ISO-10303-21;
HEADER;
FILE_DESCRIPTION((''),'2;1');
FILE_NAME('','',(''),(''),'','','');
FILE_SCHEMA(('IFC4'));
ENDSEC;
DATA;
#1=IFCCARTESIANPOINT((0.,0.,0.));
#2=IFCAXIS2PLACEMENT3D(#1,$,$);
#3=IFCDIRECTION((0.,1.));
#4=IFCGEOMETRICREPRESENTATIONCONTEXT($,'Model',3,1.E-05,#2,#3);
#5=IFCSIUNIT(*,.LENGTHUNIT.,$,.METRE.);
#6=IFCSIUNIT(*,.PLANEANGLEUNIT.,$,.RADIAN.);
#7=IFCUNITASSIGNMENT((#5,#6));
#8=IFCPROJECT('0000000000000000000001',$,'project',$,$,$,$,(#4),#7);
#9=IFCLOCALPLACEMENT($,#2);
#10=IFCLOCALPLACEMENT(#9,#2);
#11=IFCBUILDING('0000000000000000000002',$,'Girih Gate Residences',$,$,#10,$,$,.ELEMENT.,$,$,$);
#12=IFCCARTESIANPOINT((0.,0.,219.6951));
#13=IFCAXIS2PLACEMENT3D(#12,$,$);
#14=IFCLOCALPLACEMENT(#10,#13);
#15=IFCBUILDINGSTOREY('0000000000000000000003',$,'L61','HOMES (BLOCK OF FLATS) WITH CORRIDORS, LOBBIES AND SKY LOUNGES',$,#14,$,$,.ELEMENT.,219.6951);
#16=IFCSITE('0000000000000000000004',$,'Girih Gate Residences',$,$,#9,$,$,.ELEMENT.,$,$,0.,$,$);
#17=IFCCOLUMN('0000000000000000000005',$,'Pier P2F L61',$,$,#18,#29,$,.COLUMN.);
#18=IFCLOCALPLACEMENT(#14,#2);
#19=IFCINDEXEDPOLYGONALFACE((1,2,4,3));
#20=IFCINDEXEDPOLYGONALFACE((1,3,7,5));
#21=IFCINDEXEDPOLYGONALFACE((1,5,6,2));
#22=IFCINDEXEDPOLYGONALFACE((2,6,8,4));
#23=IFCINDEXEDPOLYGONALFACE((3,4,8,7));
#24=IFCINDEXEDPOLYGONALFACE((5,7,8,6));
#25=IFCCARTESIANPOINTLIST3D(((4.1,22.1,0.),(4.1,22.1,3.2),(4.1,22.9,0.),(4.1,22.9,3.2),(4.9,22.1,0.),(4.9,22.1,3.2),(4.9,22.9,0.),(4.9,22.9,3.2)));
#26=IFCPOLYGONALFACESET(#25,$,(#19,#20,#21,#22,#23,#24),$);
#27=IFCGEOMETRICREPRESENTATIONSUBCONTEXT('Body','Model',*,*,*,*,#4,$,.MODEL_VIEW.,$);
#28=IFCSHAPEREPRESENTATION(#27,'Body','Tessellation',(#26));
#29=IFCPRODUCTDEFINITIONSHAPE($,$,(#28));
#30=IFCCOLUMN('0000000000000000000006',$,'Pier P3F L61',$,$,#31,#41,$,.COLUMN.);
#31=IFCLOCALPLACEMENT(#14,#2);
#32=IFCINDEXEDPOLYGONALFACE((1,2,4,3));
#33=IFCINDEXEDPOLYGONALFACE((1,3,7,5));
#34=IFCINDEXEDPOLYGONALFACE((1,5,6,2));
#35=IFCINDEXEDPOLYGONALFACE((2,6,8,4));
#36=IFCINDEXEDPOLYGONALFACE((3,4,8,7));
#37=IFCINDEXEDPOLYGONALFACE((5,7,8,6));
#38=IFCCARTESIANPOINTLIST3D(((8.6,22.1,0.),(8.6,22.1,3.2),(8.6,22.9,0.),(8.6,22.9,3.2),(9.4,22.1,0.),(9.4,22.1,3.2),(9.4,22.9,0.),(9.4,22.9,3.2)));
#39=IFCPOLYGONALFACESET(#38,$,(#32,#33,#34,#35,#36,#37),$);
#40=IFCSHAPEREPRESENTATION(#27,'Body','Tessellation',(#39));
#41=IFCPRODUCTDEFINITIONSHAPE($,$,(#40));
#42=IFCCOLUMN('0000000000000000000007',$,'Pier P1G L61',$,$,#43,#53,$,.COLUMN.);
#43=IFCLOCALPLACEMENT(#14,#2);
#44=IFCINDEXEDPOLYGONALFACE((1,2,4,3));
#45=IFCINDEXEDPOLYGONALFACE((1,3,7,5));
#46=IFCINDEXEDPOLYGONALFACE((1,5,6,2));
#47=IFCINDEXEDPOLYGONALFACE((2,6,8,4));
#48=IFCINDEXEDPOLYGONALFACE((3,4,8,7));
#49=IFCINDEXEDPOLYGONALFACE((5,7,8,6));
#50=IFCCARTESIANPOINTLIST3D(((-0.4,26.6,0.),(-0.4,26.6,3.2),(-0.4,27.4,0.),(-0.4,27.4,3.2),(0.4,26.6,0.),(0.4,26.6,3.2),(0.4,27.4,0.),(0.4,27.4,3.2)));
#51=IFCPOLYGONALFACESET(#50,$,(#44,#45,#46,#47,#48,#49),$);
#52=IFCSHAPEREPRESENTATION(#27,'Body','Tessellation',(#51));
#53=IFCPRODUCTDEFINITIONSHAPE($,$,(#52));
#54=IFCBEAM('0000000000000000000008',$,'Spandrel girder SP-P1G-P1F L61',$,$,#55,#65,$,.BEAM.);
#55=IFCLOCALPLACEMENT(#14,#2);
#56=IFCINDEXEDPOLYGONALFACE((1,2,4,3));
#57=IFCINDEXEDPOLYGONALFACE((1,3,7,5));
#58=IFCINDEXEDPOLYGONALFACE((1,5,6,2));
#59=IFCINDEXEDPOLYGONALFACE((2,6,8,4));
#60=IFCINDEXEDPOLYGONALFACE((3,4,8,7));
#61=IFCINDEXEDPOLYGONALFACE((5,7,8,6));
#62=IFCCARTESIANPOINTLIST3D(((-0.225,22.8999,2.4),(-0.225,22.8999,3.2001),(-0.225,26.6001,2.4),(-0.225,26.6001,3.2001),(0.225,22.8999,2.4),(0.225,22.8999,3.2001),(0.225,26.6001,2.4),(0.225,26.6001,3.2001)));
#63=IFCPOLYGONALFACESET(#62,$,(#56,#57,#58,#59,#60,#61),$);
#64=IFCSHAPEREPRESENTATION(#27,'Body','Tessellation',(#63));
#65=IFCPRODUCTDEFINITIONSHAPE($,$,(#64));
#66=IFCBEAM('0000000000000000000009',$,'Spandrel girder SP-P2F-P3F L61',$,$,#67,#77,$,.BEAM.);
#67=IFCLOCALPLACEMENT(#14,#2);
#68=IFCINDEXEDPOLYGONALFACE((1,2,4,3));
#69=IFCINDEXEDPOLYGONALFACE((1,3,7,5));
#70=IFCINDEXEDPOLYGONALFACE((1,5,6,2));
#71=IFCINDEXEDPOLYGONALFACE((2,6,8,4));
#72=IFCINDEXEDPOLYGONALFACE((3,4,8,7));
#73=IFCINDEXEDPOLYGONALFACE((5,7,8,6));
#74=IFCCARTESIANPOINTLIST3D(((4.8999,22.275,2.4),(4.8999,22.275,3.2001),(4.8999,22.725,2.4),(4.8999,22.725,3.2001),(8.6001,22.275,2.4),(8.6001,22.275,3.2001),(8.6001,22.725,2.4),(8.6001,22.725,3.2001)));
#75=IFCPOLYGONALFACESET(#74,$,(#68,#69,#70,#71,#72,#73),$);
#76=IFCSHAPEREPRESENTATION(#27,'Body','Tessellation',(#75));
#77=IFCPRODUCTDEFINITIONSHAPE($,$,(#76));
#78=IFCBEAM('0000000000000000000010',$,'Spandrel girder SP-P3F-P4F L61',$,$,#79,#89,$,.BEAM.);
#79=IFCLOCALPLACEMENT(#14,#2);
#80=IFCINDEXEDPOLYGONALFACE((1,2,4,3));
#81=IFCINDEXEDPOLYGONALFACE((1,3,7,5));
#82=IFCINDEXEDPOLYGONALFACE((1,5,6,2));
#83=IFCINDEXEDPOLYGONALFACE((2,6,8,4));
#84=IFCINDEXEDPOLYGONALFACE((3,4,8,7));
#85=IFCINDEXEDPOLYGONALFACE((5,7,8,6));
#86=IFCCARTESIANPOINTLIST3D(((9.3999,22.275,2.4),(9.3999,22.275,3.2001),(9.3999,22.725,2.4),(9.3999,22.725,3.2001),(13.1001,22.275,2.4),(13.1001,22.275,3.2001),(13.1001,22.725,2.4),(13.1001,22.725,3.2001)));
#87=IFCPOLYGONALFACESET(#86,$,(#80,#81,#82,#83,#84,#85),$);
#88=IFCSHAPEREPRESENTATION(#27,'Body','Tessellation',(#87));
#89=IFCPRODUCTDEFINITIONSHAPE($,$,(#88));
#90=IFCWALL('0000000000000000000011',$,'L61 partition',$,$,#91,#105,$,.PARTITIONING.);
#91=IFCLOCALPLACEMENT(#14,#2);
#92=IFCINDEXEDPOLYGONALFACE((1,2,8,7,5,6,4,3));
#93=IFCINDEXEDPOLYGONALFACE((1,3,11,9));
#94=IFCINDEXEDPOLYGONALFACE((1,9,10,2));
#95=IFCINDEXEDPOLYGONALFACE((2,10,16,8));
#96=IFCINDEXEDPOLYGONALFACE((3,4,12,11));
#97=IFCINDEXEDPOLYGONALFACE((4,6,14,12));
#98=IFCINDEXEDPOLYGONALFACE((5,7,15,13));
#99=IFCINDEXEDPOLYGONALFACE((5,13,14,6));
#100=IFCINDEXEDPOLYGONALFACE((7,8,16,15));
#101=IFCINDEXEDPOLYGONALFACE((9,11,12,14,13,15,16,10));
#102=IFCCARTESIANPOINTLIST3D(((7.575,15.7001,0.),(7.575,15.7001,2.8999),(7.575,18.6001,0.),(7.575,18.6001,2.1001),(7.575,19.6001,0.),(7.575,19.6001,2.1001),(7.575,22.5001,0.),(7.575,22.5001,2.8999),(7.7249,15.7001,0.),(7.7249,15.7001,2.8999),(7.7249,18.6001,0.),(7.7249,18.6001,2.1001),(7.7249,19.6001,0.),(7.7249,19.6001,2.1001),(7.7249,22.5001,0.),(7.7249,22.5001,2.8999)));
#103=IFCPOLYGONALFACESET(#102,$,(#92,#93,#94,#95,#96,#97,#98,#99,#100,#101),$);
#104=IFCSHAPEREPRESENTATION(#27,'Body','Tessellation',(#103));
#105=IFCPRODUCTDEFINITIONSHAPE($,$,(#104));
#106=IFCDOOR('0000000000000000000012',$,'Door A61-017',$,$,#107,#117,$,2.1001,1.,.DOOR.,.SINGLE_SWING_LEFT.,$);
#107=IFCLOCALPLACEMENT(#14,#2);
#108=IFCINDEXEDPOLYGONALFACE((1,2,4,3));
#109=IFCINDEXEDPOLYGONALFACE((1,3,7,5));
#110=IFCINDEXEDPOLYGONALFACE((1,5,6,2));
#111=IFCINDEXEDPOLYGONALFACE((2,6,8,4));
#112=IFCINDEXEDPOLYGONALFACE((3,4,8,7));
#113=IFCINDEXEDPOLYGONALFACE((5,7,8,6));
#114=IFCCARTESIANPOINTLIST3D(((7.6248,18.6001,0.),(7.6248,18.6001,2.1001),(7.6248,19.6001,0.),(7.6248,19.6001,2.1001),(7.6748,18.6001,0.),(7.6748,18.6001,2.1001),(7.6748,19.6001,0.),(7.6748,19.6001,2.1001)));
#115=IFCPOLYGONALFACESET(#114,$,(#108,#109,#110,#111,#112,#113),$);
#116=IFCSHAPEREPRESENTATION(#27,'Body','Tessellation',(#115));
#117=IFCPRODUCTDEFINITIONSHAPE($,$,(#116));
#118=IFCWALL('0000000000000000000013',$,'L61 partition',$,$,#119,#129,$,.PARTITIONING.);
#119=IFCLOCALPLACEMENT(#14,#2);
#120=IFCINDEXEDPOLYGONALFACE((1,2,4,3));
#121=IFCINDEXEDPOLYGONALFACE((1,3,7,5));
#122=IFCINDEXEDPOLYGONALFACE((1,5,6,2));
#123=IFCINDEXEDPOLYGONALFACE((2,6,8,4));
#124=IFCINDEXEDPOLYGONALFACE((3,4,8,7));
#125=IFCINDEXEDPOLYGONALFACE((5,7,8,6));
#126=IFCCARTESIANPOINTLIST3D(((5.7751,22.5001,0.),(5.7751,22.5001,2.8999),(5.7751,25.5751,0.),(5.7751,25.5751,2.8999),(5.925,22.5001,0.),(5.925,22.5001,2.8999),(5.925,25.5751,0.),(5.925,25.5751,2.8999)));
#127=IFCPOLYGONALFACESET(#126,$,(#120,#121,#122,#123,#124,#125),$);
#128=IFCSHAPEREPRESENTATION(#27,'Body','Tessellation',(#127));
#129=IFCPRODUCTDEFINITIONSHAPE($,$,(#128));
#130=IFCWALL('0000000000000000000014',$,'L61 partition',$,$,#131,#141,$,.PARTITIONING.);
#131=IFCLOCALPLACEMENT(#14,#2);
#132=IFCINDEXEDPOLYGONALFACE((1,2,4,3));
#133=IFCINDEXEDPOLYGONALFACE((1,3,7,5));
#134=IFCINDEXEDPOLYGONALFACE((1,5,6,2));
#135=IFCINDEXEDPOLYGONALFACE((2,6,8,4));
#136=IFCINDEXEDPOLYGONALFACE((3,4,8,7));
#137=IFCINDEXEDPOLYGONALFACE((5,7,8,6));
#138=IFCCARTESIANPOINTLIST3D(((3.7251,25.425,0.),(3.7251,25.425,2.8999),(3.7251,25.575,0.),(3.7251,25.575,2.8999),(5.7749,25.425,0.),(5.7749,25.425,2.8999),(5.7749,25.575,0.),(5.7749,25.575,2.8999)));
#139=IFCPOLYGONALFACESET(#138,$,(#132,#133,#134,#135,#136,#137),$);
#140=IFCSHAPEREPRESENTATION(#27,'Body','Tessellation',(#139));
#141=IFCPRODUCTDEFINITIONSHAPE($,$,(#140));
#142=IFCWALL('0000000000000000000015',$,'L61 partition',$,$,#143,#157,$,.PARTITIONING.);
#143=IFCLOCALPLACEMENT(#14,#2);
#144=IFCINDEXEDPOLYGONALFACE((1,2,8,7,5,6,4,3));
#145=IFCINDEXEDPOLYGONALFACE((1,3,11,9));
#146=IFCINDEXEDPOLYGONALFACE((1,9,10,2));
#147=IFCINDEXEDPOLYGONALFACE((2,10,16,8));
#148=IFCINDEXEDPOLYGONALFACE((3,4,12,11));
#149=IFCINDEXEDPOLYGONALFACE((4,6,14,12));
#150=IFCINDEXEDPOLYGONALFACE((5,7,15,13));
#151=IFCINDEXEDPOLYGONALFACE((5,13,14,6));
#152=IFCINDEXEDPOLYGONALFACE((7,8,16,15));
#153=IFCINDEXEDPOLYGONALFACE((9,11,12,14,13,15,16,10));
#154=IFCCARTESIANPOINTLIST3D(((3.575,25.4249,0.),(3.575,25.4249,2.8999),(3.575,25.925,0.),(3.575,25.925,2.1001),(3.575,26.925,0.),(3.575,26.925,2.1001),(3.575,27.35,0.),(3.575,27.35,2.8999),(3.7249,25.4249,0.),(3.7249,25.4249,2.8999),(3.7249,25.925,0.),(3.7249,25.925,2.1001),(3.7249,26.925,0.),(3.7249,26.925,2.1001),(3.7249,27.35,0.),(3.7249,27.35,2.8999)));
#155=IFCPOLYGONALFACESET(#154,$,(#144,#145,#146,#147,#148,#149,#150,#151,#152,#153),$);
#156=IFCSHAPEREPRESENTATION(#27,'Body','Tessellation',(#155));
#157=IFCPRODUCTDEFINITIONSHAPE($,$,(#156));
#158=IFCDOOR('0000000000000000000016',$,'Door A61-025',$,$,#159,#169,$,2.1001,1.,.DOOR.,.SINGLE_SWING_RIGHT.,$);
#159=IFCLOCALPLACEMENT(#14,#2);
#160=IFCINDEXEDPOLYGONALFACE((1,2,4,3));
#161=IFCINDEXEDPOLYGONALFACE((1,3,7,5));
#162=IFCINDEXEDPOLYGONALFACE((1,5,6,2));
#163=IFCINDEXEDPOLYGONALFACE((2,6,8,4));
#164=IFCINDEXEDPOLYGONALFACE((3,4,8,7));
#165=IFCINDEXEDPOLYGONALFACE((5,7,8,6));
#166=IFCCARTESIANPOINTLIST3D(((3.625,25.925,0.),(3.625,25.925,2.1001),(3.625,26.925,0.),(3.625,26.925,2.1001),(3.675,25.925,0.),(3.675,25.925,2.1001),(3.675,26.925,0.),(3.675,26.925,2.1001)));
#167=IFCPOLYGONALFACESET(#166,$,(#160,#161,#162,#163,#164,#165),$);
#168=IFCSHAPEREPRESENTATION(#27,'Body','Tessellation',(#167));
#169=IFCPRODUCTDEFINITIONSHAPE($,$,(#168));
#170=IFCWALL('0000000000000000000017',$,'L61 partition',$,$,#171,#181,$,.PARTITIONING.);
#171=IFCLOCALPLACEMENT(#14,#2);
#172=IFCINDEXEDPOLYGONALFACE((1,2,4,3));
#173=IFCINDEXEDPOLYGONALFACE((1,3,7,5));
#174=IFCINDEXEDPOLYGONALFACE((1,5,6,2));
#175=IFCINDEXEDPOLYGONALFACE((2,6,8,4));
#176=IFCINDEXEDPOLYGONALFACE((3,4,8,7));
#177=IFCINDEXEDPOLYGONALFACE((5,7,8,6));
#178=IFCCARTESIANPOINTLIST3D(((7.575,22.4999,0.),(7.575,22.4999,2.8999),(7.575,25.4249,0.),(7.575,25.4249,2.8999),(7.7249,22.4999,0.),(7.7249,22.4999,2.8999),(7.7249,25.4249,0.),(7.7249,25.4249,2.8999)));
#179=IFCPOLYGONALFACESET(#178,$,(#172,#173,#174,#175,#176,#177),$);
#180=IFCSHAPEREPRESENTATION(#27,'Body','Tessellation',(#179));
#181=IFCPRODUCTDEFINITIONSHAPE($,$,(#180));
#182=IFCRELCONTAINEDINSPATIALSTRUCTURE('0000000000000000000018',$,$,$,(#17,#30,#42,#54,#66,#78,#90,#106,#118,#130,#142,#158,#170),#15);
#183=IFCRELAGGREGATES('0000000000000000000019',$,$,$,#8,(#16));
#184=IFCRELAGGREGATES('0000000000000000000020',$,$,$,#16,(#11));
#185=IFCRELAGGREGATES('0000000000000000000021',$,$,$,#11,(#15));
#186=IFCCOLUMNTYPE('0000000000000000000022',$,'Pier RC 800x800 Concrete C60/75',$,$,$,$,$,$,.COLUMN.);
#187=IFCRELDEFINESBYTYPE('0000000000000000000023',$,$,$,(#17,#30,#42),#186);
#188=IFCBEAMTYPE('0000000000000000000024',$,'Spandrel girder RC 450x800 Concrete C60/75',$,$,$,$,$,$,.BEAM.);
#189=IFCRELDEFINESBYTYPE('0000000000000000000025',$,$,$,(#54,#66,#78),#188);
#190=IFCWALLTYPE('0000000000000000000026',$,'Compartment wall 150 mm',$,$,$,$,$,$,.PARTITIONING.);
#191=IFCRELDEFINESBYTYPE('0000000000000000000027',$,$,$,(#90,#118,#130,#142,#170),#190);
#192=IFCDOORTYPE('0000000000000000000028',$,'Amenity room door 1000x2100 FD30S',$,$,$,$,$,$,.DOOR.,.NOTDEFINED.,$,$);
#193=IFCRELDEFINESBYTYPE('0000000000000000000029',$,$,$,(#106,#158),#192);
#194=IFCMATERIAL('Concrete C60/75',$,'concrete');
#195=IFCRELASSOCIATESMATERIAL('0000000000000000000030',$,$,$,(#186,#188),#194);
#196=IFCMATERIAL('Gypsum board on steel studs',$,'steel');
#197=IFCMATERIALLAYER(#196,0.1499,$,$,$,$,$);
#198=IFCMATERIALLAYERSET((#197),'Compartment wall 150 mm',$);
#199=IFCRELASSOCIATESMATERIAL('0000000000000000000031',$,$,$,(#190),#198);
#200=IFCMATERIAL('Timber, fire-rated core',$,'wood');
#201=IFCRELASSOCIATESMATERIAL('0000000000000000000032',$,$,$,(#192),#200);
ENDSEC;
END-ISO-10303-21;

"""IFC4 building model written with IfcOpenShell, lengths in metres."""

from ifc_helpers import new_model, si_unit, direction, frame, frame_2d, origin, origin_2d, place, context, subcontext, project, spatial, rectangle, extrude, material, layer, layer_set, material_profile, profile_set, type_object, element, fill, save


model = new_model("IFC4")

# Units and contexts
model_context = context("Model", 3, precision=1e-05, world=origin(), true_north=direction((0.0, 1.0)))
body_context = subcontext(model_context, "Body", "Model", "MODEL_VIEW")
ifc_project = project(units=[si_unit("LENGTHUNIT", "METRE"), si_unit("PLANEANGLEUNIT", "RADIAN")], contexts=[model_context])

# Site, building, storey
site_placement = place(None, origin())
site = spatial("IfcSite", under=ifc_project, at=site_placement, Name="Girih Gate Residences", CompositionType="ELEMENT", RefElevation=0.0)
building_placement = place(site_placement, origin())
building = spatial("IfcBuilding", under=site, at=building_placement, Name="Girih Gate Residences", CompositionType="ELEMENT")
storey_placement = place(building_placement, frame((0.0, 0.0, 219.6951)))
storey = spatial("IfcBuildingStorey", under=building, at=storey_placement, Name="L61", Description="HOMES (BLOCK OF FLATS) WITH CORRIDORS, LOBBIES AND SKY LOUNGES", CompositionType="ELEMENT", Elevation=219.6951)

# Columns
ifc_material_1 = material(Name="Concrete C60/75", Category="concrete")
ifc_material_profile_1 = material_profile(ifc_material_1, rectangle(XDim=0.8, YDim=0.8, at=origin_2d()))
ifc_profile_set_1 = profile_set([ifc_material_profile_1], Name="Concrete C60/75")
column_type = type_object("IfcColumnType", Name="Pier RC 800x800 Concrete C60/75", PredefinedType="COLUMN", material=ifc_profile_set_1)
for number, where, z_axis, x_axis, name in (
    (1, (4.5, 22.5, 0.0), (0.0, 0.0, 1.0), (1.0, 0.0, 0.0), "Pier P2F L61"),
    (2, (9.0, 22.5, 0.0), (0.0, 0.0, 1.0), (1.0, 0.0, 0.0), "Pier P3F L61"),
    (3, (0.0, 27.0, 0.0), (0.0, 0.0, 1.0), (1.0, 0.0, 0.0), "Pier P1G L61"),
):
    element("IfcColumn", number, at=place(storey_placement, frame(where, z_axis=z_axis, x_axis=x_axis)), inside=storey, type_object=column_type, Name=name, PredefinedType="COLUMN", context=body_context, shape_type="SweptSolid", body=[
        extrude(rectangle(XDim=0.8, YDim=0.8, at=origin_2d()), origin(), (0.0, 0.0, 1.0), 3.2),
    ])

# Beams
ifc_material_profile_2 = material_profile(ifc_material_1, rectangle(XDim=0.45, YDim=0.8, at=origin_2d()))
ifc_profile_set_2 = profile_set([ifc_material_profile_2], Name="Concrete C60/75")
beam_type = type_object("IfcBeamType", Name="Spandrel girder RC 450x800 Concrete C60/75", PredefinedType="BEAM", material=ifc_profile_set_2)
for number, where, z_axis, x_axis, name in (
    (4, (0.0, 26.6001, 2.8), (0.0, -1.0, 0.0), (1.0, 0.0, 0.0), "Spandrel girder SP-P1G-P1F L61"),
    (5, (4.8999, 22.5, 2.8), (1.0, 0.0, 0.0), (0.0, 1.0, 0.0), "Spandrel girder SP-P2F-P3F L61"),
    (6, (9.3999, 22.5, 2.8), (1.0, 0.0, 0.0), (0.0, 1.0, 0.0), "Spandrel girder SP-P3F-P4F L61"),
):
    element("IfcBeam", number, at=place(storey_placement, frame(where, z_axis=z_axis, x_axis=x_axis)), inside=storey, type_object=beam_type, Name=name, PredefinedType="BEAM", context=body_context, shape_type="SweptSolid", body=[
        extrude(rectangle(XDim=0.45, YDim=0.8, at=origin_2d()), origin(), (0.0, 0.0, 1.0), 3.7002),
    ])

# Wall, opening, door
ifc_material_2 = material(Name="Gypsum board on steel studs", Category="steel")
ifc_layer_1 = layer(ifc_material_2, 0.1499)
ifc_layer_set_1 = layer_set([ifc_layer_1], Name="Compartment wall 150 mm")
wall_type_1 = type_object("IfcWallType", Name="Compartment wall 150 mm", PredefinedType="PARTITIONING", material=ifc_layer_set_1)
wall_1_placement = place(storey_placement, frame((7.6499, 22.5, 0.0), z_axis=(0.0, 0.0, 1.0), x_axis=(0.0, -1.0, 0.0)))
wall_1 = element("IfcWall", 7, at=wall_1_placement, inside=storey, type_object=wall_type_1, Name="L61 partition", PredefinedType="PARTITIONING", context=body_context, shape_type="SweptSolid", body=[
    extrude(rectangle(XDim=6.8, YDim=0.1499, at=frame_2d((3.3999, 0.0))), origin(), (0.0, 0.0, 1.0), 2.8999),
])
opening_1_placement = place(wall_1_placement, frame((2.8999, 0.0, 0.0)))
opening_1 = element("IfcOpeningElement", 8, at=opening_1_placement, cuts=wall_1, PredefinedType="OPENING", context=body_context, shape_type="SweptSolid", body=[
    extrude(rectangle(XDim=1.0, YDim=2.1001, at=frame_2d((0.5, 1.05))), frame((0.0, 0.085, 0.0), z_axis=(0.0, -1.0, 0.0), x_axis=(1.0, 0.0, 0.0)), (0.0, 0.0, 1.0), 0.1699),
])
ifc_material_3 = material(Name="Timber, fire-rated core", Category="wood")
door_type_1 = type_object("IfcDoorType", Name="Amenity room door 1000x2100 FD30S", OperationType="NOTDEFINED", PredefinedType="DOOR", material=ifc_material_3)
door_1_placement = place(opening_1_placement, origin())
door_1 = element("IfcDoor", 9, at=door_1_placement, inside=storey, type_object=door_type_1, Name="Door A61-017", OperationType="SINGLE_SWING_LEFT", OverallHeight=2.1001, OverallWidth=1.0, PredefinedType="DOOR", context=body_context, shape_type="SweptSolid", body=[
    extrude(rectangle(XDim=1.0, YDim=2.1001, at=frame_2d((0.5, 1.05))), frame((0.0, 0.0249, 0.0), z_axis=(0.0, -1.0, 0.0), x_axis=(1.0, 0.0, 0.0)), (0.0, 0.0, 1.0), 0.05),
])
fill(opening_1, door_1)

# Walls
wall_2_placement = place(storey_placement, frame((5.8501, 22.5, 0.0), z_axis=(0.0, 0.0, 1.0), x_axis=(0.0, 1.0, 0.0)))
element("IfcWall", 10, at=wall_2_placement, inside=storey, type_object=wall_type_1, Name="L61 partition", PredefinedType="PARTITIONING", context=body_context, shape_type="SweptSolid", body=[
    extrude(rectangle(XDim=3.075, YDim=0.1499, at=frame_2d((1.5376, 0.0))), origin(), (0.0, 0.0, 1.0), 2.8999),
])
wall_3_placement = place(storey_placement, frame((3.7251, 25.5, 0.0), z_axis=(0.0, 0.0, 1.0), x_axis=(1.0, 0.0, 0.0)))
element("IfcWall", 11, at=wall_3_placement, inside=storey, type_object=wall_type_1, Name="L61 partition", PredefinedType="PARTITIONING", context=body_context, shape_type="SweptSolid", body=[
    extrude(rectangle(XDim=2.0498, YDim=0.1499, at=frame_2d((1.0249, 0.0))), origin(), (0.0, 0.0, 1.0), 2.8999),
])

# Wall, opening, door
wall_4_placement = place(storey_placement, frame((3.6499, 25.425, 0.0), z_axis=(0.0, 0.0, 1.0), x_axis=(0.0, 1.0, 0.0)))
wall_4 = element("IfcWall", 12, at=wall_4_placement, inside=storey, type_object=wall_type_1, Name="L61 partition", PredefinedType="PARTITIONING", context=body_context, shape_type="SweptSolid", body=[
    extrude(rectangle(XDim=1.925, YDim=0.1499, at=frame_2d((0.9624, 0.0))), origin(), (0.0, 0.0, 1.0), 2.8999),
])
opening_2_placement = place(wall_4_placement, frame((0.5, 0.0, 0.0)))
opening_2 = element("IfcOpeningElement", 13, at=opening_2_placement, cuts=wall_4, PredefinedType="OPENING", context=body_context, shape_type="SweptSolid", body=[
    extrude(rectangle(XDim=1.0, YDim=2.1001, at=frame_2d((0.5, 1.05))), frame((0.0, 0.085, 0.0), z_axis=(0.0, -1.0, 0.0), x_axis=(1.0, 0.0, 0.0)), (0.0, 0.0, 1.0), 0.1699),
])
door_2_placement = place(opening_2_placement, origin())
door_2 = element("IfcDoor", 14, at=door_2_placement, inside=storey, type_object=door_type_1, Name="Door A61-025", OperationType="SINGLE_SWING_RIGHT", OverallHeight=2.1001, OverallWidth=1.0, PredefinedType="DOOR", context=body_context, shape_type="SweptSolid", body=[
    extrude(rectangle(XDim=1.0, YDim=2.1001, at=frame_2d((0.5, 1.05))), frame((0.0, 0.0249, 0.0), z_axis=(0.0, -1.0, 0.0), x_axis=(1.0, 0.0, 0.0)), (0.0, 0.0, 1.0), 0.05),
])
fill(opening_2, door_2)

# Wall
wall_5_placement = place(storey_placement, frame((7.6499, 22.5, 0.0), z_axis=(0.0, 0.0, 1.0), x_axis=(0.0, 1.0, 0.0)))
element("IfcWall", 15, at=wall_5_placement, inside=storey, type_object=wall_type_1, Name="L61 partition", PredefinedType="PARTITIONING", context=body_context, shape_type="SweptSolid", body=[
    extrude(rectangle(XDim=2.925, YDim=0.1499, at=frame_2d((1.4624, 0.0))), origin(), (0.0, 0.0, 1.0), 2.8999),
])

save(model, "model.ifc")
